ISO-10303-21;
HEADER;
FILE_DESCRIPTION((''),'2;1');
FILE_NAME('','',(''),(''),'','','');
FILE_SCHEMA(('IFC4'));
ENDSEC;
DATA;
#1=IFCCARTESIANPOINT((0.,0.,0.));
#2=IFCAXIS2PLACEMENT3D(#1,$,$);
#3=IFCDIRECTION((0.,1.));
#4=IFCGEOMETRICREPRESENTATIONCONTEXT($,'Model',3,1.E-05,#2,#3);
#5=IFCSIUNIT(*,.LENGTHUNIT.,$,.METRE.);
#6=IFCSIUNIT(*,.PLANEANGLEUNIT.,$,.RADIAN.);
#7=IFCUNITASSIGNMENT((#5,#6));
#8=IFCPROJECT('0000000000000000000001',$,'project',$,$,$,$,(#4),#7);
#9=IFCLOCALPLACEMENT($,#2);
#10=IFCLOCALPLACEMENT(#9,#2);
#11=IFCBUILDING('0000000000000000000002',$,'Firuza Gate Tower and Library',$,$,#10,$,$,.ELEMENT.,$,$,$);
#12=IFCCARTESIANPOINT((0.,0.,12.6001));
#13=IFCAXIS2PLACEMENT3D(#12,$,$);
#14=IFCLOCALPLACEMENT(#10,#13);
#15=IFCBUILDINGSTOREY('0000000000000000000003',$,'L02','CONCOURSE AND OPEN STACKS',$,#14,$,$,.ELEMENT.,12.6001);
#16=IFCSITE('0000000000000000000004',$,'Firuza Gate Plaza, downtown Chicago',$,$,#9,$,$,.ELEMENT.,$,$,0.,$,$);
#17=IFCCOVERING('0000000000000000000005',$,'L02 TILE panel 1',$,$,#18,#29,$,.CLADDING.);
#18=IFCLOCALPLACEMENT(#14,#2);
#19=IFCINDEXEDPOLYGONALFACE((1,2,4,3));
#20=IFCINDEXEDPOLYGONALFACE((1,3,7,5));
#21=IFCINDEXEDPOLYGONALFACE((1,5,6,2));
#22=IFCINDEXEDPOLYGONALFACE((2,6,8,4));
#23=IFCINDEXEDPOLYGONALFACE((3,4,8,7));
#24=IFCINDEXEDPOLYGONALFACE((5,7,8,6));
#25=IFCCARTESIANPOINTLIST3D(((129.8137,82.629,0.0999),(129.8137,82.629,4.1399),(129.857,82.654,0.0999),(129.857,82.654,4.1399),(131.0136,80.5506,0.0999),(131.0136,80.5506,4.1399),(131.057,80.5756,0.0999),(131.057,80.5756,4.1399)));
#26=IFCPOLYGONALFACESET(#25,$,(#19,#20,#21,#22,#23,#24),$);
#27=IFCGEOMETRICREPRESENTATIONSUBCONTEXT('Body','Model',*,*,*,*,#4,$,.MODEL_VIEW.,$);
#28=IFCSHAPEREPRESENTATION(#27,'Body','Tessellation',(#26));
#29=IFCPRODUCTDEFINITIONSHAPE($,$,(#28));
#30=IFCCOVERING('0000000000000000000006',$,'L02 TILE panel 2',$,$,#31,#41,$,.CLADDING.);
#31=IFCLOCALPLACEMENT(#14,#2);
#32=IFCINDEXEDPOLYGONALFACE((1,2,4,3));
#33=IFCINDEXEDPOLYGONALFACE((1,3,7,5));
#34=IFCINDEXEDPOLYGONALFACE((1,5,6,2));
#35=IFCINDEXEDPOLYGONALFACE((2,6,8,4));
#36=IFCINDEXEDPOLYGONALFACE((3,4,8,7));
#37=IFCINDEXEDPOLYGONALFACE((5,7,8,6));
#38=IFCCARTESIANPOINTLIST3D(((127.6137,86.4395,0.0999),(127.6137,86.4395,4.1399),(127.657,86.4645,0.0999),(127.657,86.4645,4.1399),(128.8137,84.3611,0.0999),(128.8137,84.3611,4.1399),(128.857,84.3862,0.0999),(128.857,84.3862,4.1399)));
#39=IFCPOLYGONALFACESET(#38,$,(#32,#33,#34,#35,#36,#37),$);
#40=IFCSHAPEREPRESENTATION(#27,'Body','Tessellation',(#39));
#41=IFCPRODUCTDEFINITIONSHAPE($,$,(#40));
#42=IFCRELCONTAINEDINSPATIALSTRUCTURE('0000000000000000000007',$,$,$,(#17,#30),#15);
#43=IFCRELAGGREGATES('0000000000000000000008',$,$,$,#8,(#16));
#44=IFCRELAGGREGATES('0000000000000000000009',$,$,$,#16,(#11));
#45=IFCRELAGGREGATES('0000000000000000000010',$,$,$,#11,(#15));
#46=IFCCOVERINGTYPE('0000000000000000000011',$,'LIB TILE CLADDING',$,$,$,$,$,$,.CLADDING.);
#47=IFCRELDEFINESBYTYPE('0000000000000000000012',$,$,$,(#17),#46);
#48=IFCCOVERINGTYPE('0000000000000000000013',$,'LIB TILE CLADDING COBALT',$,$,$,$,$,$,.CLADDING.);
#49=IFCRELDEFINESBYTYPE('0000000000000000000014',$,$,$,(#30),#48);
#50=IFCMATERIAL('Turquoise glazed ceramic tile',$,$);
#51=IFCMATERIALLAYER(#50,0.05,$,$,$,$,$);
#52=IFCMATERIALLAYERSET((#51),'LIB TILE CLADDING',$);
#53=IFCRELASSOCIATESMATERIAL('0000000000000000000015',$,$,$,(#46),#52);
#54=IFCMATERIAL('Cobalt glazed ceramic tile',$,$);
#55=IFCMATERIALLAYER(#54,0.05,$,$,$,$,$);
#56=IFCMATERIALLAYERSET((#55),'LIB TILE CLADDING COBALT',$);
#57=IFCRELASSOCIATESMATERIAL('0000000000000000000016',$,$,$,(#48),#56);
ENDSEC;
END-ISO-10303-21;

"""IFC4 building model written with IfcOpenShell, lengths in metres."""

from ifc_helpers import new_model, si_unit, direction, frame, origin, origin_2d, place, context, subcontext, project, spatial, rectangle, extrude, material, layer, layer_set, type_object, element, save


model = new_model("IFC4")

# Units and contexts
model_context = context("Model", 3, precision=1e-05, world=origin(), true_north=direction((0.0, 1.0)))
body_context = subcontext(model_context, "Body", "Model", "MODEL_VIEW")
ifc_project = project(units=[si_unit("LENGTHUNIT", "METRE"), si_unit("PLANEANGLEUNIT", "RADIAN")], contexts=[model_context])

# Site, building, storey
site_placement = place(None, origin())
site = spatial("IfcSite", under=ifc_project, at=site_placement, Name="Firuza Gate Plaza, downtown Chicago", CompositionType="ELEMENT", RefElevation=0.0)
building_placement = place(site_placement, origin())
building = spatial("IfcBuilding", under=site, at=building_placement, Name="Firuza Gate Tower and Library", CompositionType="ELEMENT")
storey_placement = place(building_placement, frame((0.0, 0.0, 12.6001)))
storey = spatial("IfcBuildingStorey", under=building, at=storey_placement, Name="L02", Description="CONCOURSE AND OPEN STACKS", CompositionType="ELEMENT", Elevation=12.6001)

# Coverings
ifc_material_1 = material(Name="Turquoise glazed ceramic tile")
ifc_layer_1 = layer(ifc_material_1, 0.05)
ifc_layer_set_1 = layer_set([ifc_layer_1], Name="LIB TILE CLADDING")
covering_type_1 = type_object("IfcCoveringType", Name="LIB TILE CLADDING", PredefinedType="CLADDING", material=ifc_layer_set_1)
covering_1_placement = place(storey_placement, frame((130.4353, 81.6023, 0.0999), z_axis=(0.0, 0.0, 1.0), x_axis=(-0.5, 0.866025, 0.0)))
element("IfcCovering", 1, at=covering_1_placement, inside=storey, type_object=covering_type_1, Name="L02 TILE panel 1", PredefinedType="CLADDING", context=body_context, shape_type="SweptSolid", body=[
    extrude(rectangle(XDim=2.3999, YDim=0.05, at=origin_2d()), origin(), (0.0, 0.0, 1.0), 4.04),
])
ifc_material_2 = material(Name="Cobalt glazed ceramic tile")
ifc_layer_2 = layer(ifc_material_2, 0.05)
ifc_layer_set_2 = layer_set([ifc_layer_2], Name="LIB TILE CLADDING COBALT")
covering_type_2 = type_object("IfcCoveringType", Name="LIB TILE CLADDING COBALT", PredefinedType="CLADDING", material=ifc_layer_set_2)
covering_2_placement = place(storey_placement, frame((128.2354, 85.4128, 0.0999), z_axis=(0.0, 0.0, 1.0), x_axis=(-0.5, 0.866025, 0.0)))
element("IfcCovering", 2, at=covering_2_placement, inside=storey, type_object=covering_type_2, Name="L02 TILE panel 2", PredefinedType="CLADDING", context=body_context, shape_type="SweptSolid", body=[
    extrude(rectangle(XDim=2.3999, YDim=0.05, at=origin_2d()), origin(), (0.0, 0.0, 1.0), 4.04),
])

save(model, "model.ifc")
